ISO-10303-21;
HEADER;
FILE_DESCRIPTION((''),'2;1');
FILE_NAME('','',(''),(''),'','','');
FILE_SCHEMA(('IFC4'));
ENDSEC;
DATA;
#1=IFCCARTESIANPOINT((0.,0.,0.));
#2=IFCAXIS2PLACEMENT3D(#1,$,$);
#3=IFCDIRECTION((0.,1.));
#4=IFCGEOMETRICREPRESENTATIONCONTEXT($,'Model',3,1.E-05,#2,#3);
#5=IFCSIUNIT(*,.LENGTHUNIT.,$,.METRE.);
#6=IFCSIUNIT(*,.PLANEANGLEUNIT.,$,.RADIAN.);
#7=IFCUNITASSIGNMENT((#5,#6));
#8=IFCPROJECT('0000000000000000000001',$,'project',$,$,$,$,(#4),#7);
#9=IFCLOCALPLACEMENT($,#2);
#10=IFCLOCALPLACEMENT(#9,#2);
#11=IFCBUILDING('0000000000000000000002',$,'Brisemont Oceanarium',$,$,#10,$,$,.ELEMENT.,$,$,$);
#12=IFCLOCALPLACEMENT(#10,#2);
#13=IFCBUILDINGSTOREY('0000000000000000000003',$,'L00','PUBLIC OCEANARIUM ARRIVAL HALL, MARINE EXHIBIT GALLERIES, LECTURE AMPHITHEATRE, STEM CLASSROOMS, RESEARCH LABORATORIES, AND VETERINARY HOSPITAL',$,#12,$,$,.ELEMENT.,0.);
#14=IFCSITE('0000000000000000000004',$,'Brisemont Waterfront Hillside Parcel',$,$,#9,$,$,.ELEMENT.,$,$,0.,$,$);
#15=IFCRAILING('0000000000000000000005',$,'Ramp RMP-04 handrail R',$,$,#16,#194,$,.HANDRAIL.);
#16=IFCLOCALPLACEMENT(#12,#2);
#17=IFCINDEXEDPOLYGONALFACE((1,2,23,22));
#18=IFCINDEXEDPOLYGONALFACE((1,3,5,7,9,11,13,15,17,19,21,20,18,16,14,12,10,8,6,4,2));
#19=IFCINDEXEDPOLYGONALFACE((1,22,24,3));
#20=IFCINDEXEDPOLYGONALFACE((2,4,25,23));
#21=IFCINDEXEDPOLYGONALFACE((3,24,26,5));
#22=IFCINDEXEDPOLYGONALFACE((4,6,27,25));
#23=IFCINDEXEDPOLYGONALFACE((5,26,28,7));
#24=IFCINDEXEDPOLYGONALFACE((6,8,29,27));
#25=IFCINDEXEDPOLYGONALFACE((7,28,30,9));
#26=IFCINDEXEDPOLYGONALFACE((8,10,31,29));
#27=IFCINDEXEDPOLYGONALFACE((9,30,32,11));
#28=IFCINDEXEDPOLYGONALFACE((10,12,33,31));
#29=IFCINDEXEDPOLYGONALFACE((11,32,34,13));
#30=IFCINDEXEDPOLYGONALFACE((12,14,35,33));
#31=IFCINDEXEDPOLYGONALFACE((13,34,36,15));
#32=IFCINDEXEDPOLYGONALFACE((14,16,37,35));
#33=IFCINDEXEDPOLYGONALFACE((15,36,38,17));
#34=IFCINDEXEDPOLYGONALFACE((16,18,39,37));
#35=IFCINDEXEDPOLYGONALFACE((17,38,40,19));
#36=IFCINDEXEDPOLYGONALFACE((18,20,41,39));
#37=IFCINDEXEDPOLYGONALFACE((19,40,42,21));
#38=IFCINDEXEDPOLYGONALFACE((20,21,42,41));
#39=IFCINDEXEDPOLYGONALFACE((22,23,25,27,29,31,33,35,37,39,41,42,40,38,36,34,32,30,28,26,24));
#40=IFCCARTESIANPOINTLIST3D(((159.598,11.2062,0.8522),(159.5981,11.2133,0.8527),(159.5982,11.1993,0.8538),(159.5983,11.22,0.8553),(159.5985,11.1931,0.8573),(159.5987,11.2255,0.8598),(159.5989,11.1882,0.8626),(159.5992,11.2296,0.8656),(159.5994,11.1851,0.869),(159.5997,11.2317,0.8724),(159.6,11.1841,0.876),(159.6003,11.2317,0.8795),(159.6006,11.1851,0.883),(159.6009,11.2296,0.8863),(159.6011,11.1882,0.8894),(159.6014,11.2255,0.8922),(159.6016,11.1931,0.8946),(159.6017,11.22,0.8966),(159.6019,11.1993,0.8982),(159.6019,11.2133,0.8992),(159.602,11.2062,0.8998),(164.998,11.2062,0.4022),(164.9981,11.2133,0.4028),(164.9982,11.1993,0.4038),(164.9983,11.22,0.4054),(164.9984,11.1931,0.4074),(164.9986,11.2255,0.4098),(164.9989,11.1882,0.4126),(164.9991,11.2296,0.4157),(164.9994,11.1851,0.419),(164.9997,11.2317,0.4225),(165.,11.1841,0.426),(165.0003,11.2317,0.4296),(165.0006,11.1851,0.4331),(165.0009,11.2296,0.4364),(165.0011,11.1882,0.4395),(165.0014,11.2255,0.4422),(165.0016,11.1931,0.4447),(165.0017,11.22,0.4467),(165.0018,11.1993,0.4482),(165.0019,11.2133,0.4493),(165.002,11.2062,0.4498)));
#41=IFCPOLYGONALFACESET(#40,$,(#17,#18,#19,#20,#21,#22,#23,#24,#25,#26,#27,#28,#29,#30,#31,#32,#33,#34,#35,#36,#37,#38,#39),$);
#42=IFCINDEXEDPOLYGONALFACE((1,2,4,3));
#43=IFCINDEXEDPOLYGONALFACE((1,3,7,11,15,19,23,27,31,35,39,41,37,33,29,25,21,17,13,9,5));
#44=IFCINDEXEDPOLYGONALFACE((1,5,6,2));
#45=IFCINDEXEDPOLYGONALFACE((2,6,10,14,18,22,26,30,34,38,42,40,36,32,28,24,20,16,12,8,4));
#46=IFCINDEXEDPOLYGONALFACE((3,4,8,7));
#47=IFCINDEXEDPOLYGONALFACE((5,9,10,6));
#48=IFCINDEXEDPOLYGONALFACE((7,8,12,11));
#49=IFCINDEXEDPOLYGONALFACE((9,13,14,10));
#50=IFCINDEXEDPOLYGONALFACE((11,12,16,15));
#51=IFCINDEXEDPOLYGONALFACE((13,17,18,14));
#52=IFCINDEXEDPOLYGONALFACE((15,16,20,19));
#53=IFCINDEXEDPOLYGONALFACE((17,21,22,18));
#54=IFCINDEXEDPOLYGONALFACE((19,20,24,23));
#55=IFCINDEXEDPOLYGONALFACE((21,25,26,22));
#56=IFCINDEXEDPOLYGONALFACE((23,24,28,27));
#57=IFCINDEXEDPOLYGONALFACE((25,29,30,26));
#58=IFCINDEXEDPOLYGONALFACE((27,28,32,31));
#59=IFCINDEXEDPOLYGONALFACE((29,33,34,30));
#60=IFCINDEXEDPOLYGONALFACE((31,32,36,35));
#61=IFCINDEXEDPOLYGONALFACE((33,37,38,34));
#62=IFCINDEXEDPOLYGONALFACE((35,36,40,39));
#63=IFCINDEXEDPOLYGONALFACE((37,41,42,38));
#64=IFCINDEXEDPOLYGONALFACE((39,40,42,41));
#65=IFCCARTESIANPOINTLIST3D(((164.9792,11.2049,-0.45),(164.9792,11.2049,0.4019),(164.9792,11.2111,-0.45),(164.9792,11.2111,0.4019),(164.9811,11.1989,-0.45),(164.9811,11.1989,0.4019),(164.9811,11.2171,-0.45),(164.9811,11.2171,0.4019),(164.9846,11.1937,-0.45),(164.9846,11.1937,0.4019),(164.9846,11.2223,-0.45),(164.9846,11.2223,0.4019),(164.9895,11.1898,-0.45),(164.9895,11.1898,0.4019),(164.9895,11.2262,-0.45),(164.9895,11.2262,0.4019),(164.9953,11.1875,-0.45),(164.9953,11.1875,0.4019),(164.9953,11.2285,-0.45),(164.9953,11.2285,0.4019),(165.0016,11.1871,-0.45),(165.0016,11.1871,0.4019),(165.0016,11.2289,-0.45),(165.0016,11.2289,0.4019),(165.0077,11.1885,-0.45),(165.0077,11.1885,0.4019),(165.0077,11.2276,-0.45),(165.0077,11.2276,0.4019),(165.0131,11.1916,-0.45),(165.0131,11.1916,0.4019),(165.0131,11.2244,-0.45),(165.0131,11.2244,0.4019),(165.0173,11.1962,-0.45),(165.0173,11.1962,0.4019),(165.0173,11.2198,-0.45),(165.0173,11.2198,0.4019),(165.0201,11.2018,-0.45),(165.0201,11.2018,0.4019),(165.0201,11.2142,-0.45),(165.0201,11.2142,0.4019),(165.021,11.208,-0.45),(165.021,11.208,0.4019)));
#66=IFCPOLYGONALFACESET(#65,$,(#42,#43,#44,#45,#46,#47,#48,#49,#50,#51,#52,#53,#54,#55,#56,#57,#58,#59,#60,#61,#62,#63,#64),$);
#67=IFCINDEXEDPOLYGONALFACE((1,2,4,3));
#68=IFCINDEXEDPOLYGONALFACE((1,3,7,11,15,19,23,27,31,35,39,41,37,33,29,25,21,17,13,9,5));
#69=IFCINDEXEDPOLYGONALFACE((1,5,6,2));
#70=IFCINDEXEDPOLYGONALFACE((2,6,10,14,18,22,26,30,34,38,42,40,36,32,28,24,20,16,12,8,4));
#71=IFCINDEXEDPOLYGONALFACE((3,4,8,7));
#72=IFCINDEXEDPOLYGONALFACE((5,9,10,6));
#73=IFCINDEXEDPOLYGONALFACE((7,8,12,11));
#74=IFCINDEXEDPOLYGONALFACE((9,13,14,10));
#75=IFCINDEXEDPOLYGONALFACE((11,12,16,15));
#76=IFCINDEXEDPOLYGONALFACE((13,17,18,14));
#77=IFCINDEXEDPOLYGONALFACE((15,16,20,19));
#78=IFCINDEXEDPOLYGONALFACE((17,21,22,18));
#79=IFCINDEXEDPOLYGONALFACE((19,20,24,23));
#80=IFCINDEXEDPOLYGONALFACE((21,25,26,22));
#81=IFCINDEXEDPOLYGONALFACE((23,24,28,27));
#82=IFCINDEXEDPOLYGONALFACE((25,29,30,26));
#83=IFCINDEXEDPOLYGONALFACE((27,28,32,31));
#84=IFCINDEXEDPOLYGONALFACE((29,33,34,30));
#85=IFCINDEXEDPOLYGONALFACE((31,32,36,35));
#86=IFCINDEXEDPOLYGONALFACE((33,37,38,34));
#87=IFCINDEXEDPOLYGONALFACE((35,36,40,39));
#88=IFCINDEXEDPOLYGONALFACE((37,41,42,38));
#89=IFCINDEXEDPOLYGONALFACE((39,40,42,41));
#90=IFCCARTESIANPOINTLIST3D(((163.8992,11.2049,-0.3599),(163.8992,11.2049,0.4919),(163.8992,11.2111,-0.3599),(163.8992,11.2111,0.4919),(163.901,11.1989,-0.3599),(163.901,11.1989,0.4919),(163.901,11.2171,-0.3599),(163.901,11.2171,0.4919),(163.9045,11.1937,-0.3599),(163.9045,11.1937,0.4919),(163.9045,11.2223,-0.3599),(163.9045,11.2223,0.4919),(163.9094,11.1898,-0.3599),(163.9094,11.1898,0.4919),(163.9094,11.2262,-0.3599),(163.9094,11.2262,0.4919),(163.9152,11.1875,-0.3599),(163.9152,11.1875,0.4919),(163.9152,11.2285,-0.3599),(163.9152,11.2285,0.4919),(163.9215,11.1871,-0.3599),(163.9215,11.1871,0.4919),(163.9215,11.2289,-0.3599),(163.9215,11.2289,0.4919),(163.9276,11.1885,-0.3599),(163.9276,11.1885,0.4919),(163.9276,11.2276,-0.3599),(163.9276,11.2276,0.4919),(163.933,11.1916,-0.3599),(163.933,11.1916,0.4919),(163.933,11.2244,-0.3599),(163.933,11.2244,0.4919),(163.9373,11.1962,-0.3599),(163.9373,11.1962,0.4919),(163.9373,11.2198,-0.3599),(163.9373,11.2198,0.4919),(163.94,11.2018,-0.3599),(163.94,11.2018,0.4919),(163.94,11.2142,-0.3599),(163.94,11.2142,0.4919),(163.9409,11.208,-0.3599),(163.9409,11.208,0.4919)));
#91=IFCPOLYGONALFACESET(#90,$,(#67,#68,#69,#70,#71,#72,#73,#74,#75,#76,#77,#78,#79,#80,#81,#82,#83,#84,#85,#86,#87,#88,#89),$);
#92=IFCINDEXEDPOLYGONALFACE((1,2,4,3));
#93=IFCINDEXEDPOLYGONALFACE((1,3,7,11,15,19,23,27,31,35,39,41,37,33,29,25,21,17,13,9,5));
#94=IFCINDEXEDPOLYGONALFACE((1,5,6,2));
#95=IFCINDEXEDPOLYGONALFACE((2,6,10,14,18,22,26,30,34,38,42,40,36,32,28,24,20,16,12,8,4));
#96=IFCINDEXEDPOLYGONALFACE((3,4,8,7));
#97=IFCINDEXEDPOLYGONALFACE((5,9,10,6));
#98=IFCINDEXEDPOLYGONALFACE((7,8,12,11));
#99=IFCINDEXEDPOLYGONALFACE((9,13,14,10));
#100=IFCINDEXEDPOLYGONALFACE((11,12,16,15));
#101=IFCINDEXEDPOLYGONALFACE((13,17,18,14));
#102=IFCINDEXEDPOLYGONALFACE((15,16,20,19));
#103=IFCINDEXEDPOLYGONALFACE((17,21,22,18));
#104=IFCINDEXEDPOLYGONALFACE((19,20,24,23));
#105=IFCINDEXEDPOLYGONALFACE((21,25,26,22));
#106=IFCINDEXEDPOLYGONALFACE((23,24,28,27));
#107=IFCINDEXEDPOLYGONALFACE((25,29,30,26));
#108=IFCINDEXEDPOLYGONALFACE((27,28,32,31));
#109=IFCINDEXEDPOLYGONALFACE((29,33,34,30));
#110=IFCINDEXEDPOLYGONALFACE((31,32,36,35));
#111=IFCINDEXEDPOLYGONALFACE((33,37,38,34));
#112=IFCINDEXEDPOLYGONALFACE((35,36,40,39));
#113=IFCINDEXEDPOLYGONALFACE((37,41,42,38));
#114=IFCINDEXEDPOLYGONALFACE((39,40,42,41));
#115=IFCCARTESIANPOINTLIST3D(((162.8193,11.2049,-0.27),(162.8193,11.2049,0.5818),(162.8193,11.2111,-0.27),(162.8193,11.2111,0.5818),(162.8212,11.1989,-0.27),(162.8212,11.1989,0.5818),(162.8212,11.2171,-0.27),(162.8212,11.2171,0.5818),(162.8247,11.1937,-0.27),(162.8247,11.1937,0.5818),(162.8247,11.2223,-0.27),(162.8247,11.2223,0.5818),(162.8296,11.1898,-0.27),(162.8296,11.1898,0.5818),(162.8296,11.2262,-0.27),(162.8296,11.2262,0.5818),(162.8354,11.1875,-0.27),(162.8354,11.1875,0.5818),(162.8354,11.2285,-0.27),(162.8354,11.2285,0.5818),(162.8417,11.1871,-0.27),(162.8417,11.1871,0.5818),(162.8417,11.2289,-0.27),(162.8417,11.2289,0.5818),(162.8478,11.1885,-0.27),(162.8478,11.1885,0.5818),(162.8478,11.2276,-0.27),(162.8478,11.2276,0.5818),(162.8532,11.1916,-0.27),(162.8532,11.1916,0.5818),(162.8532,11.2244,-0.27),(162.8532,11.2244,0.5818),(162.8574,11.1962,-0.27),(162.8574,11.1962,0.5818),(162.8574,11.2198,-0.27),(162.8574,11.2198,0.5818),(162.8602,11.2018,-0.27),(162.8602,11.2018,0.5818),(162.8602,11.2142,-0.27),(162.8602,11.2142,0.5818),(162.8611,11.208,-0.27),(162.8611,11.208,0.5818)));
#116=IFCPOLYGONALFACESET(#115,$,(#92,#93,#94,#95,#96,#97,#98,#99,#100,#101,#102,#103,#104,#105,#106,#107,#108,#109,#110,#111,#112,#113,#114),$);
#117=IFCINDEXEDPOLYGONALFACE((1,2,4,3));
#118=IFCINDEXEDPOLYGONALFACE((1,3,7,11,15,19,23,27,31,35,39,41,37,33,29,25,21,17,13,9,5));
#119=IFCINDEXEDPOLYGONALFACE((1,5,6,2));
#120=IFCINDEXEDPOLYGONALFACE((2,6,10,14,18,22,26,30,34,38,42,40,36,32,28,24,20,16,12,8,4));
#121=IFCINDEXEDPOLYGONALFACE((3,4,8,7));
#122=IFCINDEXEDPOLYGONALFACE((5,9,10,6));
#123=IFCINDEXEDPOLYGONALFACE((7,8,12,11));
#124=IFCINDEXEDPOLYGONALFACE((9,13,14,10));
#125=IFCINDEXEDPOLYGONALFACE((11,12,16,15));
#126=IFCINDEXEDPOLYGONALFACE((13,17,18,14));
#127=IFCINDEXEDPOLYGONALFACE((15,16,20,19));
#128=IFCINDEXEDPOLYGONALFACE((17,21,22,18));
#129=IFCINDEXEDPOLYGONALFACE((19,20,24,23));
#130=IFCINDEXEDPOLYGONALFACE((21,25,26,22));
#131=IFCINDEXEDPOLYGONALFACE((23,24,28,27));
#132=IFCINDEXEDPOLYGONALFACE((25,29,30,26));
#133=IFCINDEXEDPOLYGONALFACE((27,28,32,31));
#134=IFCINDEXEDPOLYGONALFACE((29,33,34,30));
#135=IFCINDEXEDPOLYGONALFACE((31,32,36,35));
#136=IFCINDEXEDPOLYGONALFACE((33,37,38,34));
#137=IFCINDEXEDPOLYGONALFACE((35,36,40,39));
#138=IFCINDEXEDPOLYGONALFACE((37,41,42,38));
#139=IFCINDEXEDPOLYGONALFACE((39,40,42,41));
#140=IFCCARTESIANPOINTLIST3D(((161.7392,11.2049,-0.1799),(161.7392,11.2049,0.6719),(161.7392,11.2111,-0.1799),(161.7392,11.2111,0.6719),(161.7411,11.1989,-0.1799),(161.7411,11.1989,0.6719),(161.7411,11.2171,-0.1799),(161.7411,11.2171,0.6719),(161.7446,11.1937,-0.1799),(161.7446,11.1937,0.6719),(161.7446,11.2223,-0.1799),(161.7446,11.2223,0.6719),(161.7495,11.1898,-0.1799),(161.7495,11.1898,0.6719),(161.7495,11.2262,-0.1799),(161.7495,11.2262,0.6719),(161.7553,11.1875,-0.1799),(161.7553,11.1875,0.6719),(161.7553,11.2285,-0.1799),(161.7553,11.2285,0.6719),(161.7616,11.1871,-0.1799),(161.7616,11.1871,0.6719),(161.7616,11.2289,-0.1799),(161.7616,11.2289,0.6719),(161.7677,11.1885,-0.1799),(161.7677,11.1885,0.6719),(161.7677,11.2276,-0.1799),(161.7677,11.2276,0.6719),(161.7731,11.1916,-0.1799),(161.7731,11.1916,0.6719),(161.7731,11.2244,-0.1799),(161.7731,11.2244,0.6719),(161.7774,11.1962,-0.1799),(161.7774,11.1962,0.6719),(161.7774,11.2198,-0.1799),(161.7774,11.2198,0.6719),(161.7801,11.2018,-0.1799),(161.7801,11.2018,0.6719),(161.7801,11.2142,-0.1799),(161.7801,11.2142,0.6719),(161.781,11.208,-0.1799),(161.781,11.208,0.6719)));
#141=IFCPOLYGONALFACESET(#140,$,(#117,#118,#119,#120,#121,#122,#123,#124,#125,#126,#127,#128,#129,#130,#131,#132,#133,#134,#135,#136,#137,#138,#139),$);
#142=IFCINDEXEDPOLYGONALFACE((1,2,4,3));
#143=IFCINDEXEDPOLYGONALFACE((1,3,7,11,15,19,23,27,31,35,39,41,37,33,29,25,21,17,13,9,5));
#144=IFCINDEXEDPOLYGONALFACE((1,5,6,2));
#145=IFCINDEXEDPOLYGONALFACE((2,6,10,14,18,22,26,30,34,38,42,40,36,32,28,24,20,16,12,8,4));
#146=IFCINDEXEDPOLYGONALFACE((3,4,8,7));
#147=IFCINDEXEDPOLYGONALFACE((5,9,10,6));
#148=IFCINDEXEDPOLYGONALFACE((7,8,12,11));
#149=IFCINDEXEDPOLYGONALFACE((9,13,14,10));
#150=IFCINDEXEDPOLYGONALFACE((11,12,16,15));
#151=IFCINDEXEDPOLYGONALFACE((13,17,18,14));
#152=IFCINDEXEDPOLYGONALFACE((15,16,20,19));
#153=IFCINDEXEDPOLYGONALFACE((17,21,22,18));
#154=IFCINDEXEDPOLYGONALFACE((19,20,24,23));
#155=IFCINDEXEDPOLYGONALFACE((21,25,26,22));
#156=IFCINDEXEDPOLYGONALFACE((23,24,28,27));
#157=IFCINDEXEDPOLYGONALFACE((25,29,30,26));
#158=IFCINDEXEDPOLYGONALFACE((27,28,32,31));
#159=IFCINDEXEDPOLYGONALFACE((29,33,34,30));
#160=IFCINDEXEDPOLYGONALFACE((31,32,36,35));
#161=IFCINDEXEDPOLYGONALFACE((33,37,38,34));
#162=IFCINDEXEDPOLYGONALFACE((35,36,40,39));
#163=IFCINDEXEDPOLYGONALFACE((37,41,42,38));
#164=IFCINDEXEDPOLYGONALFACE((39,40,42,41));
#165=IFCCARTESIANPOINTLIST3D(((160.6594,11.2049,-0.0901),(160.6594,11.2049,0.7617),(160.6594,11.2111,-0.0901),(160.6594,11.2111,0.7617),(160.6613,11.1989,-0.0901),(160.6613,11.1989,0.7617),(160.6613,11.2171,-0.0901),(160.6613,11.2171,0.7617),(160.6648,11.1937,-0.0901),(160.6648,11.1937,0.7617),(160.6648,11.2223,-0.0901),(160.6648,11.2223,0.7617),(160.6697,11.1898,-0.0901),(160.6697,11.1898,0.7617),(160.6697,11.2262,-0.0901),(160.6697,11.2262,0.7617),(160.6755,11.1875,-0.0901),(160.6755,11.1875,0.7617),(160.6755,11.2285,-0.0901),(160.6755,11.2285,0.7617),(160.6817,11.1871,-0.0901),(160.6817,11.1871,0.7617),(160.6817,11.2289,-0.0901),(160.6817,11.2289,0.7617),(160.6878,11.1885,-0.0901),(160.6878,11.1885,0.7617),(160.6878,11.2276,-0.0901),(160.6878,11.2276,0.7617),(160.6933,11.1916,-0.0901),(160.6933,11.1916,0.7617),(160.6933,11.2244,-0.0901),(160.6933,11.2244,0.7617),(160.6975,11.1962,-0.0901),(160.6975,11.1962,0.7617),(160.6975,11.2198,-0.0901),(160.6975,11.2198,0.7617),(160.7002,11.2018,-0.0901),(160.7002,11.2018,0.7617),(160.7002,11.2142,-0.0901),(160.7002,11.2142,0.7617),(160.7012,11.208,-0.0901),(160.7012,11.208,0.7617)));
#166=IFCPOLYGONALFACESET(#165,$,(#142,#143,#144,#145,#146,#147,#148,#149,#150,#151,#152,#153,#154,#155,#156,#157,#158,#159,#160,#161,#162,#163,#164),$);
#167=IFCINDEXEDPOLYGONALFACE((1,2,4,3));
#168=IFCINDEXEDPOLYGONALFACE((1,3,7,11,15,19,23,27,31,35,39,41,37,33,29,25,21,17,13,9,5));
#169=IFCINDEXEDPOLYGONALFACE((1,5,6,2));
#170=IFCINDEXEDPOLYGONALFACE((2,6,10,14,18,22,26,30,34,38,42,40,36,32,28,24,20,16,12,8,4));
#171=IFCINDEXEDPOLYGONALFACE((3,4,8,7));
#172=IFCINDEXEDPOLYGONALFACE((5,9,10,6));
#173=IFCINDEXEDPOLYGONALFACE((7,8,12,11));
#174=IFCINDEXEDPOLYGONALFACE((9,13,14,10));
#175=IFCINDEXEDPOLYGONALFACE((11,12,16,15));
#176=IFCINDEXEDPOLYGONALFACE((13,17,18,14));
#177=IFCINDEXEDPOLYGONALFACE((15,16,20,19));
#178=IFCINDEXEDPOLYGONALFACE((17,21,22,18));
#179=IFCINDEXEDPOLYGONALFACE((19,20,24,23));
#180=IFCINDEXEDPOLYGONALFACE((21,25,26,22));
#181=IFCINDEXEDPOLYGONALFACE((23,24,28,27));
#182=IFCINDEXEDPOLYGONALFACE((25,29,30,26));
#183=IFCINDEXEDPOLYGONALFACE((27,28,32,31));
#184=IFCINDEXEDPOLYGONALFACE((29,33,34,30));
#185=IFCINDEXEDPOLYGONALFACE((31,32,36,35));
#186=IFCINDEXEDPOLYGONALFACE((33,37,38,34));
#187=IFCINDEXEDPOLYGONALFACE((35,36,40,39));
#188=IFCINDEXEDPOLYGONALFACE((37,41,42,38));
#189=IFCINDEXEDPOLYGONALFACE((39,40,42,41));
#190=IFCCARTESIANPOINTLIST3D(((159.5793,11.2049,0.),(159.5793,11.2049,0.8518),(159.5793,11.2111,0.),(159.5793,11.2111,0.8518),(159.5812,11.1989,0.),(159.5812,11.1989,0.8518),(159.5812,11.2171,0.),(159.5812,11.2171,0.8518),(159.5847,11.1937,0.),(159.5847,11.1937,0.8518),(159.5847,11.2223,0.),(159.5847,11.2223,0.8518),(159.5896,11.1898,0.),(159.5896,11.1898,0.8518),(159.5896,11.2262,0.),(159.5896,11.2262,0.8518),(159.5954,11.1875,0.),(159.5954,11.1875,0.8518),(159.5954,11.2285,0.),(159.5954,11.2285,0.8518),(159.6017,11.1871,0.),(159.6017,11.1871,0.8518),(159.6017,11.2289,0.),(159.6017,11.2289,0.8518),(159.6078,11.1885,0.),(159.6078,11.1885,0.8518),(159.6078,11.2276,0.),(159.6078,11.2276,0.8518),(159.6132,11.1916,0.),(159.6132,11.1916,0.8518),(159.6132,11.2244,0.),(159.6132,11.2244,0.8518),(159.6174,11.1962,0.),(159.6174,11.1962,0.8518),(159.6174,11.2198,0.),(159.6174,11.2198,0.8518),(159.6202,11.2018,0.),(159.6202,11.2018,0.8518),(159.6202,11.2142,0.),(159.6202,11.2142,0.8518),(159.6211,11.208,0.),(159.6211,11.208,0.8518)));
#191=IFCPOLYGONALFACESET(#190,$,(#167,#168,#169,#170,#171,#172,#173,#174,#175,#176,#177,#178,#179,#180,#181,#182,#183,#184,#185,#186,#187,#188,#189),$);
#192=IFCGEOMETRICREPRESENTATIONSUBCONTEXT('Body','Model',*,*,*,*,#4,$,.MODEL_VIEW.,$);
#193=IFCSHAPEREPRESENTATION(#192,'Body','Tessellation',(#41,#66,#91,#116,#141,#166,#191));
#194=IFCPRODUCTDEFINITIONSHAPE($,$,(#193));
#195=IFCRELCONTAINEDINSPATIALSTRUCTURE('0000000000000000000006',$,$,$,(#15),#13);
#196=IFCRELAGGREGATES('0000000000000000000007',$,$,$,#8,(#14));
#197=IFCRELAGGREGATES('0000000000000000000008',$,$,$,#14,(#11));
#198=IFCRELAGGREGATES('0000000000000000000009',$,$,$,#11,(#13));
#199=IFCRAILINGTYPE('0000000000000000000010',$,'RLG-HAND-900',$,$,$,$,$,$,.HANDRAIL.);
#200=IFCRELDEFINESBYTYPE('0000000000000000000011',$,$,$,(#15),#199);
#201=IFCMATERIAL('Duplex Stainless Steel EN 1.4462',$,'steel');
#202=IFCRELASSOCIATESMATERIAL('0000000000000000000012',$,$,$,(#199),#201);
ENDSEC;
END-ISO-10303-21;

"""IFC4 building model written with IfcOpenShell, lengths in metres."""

from ifc_helpers import new_model, si_unit, direction, frame, origin, origin_2d, place, context, subcontext, project, spatial, circle, extrude, material, type_object, element, save


model = new_model("IFC4")

# Units and contexts
model_context = context("Model", 3, precision=1e-05, world=origin(), true_north=direction((0.0, 1.0)))
body_context = subcontext(model_context, "Body", "Model", "MODEL_VIEW")
ifc_project = project(units=[si_unit("LENGTHUNIT", "METRE"), si_unit("PLANEANGLEUNIT", "RADIAN")], contexts=[model_context])

# Site, building, storey
site_placement = place(None, origin())
site = spatial("IfcSite", under=ifc_project, at=site_placement, Name="Brisemont Waterfront Hillside Parcel", CompositionType="ELEMENT", RefElevation=0.0)
building_placement = place(site_placement, origin())
building = spatial("IfcBuilding", under=site, at=building_placement, Name="Brisemont Oceanarium", CompositionType="ELEMENT")
storey_placement = place(building_placement, origin())
storey = spatial("IfcBuildingStorey", under=building, at=storey_placement, Name="L00", Description="PUBLIC OCEANARIUM ARRIVAL HALL, MARINE EXHIBIT GALLERIES, LECTURE AMPHITHEATRE, STEM CLASSROOMS, RESEARCH LABORATORIES, AND VETERINARY HOSPITAL", CompositionType="ELEMENT", Elevation=0.0)

# Railing
ifc_material_1 = material(Name="Duplex Stainless Steel EN 1.4462", Category="steel")
railing_type = type_object("IfcRailingType", Name="RLG-HAND-900", PredefinedType="HANDRAIL", material=ifc_material_1)
for number, where, name in (
    (1, (165.0, 11.208, -0.45), "Ramp RMP-04 handrail R"),
):
    element("IfcRailing", number, at=place(storey_placement, frame(where)), inside=storey, type_object=railing_type, Name=name, PredefinedType="HANDRAIL", context=body_context, shape_type="SweptSolid", body=[
        extrude(circle(Radius=0.0239, at=origin_2d()), frame((0.0, 0.0, 0.876), z_axis=(-0.996546, 0.0, 0.083038), x_axis=(0.0, -1.0, 0.0)), (0.0, 0.0, 1.0), 5.4187),
        extrude(circle(Radius=0.021, at=origin_2d()), origin(), (0.0, 0.0, 1.0), 0.8518),
        extrude(circle(Radius=0.021, at=origin_2d()), frame((-1.0801, 0.0, 0.0901)), (0.0, 0.0, 1.0), 0.8518),
        extrude(circle(Radius=0.021, at=origin_2d()), frame((-2.1599, 0.0, 0.1799)), (0.0, 0.0, 1.0), 0.8518),
        extrude(circle(Radius=0.021, at=origin_2d()), frame((-3.24, 0.0, 0.27)), (0.0, 0.0, 1.0), 0.8518),
        extrude(circle(Radius=0.021, at=origin_2d()), frame((-4.3198, 0.0, 0.3599)), (0.0, 0.0, 1.0), 0.8518),
        extrude(circle(Radius=0.021, at=origin_2d()), frame((-5.3999, 0.0, 0.45)), (0.0, 0.0, 1.0), 0.8518),
    ])

save(model, "model.ifc")
